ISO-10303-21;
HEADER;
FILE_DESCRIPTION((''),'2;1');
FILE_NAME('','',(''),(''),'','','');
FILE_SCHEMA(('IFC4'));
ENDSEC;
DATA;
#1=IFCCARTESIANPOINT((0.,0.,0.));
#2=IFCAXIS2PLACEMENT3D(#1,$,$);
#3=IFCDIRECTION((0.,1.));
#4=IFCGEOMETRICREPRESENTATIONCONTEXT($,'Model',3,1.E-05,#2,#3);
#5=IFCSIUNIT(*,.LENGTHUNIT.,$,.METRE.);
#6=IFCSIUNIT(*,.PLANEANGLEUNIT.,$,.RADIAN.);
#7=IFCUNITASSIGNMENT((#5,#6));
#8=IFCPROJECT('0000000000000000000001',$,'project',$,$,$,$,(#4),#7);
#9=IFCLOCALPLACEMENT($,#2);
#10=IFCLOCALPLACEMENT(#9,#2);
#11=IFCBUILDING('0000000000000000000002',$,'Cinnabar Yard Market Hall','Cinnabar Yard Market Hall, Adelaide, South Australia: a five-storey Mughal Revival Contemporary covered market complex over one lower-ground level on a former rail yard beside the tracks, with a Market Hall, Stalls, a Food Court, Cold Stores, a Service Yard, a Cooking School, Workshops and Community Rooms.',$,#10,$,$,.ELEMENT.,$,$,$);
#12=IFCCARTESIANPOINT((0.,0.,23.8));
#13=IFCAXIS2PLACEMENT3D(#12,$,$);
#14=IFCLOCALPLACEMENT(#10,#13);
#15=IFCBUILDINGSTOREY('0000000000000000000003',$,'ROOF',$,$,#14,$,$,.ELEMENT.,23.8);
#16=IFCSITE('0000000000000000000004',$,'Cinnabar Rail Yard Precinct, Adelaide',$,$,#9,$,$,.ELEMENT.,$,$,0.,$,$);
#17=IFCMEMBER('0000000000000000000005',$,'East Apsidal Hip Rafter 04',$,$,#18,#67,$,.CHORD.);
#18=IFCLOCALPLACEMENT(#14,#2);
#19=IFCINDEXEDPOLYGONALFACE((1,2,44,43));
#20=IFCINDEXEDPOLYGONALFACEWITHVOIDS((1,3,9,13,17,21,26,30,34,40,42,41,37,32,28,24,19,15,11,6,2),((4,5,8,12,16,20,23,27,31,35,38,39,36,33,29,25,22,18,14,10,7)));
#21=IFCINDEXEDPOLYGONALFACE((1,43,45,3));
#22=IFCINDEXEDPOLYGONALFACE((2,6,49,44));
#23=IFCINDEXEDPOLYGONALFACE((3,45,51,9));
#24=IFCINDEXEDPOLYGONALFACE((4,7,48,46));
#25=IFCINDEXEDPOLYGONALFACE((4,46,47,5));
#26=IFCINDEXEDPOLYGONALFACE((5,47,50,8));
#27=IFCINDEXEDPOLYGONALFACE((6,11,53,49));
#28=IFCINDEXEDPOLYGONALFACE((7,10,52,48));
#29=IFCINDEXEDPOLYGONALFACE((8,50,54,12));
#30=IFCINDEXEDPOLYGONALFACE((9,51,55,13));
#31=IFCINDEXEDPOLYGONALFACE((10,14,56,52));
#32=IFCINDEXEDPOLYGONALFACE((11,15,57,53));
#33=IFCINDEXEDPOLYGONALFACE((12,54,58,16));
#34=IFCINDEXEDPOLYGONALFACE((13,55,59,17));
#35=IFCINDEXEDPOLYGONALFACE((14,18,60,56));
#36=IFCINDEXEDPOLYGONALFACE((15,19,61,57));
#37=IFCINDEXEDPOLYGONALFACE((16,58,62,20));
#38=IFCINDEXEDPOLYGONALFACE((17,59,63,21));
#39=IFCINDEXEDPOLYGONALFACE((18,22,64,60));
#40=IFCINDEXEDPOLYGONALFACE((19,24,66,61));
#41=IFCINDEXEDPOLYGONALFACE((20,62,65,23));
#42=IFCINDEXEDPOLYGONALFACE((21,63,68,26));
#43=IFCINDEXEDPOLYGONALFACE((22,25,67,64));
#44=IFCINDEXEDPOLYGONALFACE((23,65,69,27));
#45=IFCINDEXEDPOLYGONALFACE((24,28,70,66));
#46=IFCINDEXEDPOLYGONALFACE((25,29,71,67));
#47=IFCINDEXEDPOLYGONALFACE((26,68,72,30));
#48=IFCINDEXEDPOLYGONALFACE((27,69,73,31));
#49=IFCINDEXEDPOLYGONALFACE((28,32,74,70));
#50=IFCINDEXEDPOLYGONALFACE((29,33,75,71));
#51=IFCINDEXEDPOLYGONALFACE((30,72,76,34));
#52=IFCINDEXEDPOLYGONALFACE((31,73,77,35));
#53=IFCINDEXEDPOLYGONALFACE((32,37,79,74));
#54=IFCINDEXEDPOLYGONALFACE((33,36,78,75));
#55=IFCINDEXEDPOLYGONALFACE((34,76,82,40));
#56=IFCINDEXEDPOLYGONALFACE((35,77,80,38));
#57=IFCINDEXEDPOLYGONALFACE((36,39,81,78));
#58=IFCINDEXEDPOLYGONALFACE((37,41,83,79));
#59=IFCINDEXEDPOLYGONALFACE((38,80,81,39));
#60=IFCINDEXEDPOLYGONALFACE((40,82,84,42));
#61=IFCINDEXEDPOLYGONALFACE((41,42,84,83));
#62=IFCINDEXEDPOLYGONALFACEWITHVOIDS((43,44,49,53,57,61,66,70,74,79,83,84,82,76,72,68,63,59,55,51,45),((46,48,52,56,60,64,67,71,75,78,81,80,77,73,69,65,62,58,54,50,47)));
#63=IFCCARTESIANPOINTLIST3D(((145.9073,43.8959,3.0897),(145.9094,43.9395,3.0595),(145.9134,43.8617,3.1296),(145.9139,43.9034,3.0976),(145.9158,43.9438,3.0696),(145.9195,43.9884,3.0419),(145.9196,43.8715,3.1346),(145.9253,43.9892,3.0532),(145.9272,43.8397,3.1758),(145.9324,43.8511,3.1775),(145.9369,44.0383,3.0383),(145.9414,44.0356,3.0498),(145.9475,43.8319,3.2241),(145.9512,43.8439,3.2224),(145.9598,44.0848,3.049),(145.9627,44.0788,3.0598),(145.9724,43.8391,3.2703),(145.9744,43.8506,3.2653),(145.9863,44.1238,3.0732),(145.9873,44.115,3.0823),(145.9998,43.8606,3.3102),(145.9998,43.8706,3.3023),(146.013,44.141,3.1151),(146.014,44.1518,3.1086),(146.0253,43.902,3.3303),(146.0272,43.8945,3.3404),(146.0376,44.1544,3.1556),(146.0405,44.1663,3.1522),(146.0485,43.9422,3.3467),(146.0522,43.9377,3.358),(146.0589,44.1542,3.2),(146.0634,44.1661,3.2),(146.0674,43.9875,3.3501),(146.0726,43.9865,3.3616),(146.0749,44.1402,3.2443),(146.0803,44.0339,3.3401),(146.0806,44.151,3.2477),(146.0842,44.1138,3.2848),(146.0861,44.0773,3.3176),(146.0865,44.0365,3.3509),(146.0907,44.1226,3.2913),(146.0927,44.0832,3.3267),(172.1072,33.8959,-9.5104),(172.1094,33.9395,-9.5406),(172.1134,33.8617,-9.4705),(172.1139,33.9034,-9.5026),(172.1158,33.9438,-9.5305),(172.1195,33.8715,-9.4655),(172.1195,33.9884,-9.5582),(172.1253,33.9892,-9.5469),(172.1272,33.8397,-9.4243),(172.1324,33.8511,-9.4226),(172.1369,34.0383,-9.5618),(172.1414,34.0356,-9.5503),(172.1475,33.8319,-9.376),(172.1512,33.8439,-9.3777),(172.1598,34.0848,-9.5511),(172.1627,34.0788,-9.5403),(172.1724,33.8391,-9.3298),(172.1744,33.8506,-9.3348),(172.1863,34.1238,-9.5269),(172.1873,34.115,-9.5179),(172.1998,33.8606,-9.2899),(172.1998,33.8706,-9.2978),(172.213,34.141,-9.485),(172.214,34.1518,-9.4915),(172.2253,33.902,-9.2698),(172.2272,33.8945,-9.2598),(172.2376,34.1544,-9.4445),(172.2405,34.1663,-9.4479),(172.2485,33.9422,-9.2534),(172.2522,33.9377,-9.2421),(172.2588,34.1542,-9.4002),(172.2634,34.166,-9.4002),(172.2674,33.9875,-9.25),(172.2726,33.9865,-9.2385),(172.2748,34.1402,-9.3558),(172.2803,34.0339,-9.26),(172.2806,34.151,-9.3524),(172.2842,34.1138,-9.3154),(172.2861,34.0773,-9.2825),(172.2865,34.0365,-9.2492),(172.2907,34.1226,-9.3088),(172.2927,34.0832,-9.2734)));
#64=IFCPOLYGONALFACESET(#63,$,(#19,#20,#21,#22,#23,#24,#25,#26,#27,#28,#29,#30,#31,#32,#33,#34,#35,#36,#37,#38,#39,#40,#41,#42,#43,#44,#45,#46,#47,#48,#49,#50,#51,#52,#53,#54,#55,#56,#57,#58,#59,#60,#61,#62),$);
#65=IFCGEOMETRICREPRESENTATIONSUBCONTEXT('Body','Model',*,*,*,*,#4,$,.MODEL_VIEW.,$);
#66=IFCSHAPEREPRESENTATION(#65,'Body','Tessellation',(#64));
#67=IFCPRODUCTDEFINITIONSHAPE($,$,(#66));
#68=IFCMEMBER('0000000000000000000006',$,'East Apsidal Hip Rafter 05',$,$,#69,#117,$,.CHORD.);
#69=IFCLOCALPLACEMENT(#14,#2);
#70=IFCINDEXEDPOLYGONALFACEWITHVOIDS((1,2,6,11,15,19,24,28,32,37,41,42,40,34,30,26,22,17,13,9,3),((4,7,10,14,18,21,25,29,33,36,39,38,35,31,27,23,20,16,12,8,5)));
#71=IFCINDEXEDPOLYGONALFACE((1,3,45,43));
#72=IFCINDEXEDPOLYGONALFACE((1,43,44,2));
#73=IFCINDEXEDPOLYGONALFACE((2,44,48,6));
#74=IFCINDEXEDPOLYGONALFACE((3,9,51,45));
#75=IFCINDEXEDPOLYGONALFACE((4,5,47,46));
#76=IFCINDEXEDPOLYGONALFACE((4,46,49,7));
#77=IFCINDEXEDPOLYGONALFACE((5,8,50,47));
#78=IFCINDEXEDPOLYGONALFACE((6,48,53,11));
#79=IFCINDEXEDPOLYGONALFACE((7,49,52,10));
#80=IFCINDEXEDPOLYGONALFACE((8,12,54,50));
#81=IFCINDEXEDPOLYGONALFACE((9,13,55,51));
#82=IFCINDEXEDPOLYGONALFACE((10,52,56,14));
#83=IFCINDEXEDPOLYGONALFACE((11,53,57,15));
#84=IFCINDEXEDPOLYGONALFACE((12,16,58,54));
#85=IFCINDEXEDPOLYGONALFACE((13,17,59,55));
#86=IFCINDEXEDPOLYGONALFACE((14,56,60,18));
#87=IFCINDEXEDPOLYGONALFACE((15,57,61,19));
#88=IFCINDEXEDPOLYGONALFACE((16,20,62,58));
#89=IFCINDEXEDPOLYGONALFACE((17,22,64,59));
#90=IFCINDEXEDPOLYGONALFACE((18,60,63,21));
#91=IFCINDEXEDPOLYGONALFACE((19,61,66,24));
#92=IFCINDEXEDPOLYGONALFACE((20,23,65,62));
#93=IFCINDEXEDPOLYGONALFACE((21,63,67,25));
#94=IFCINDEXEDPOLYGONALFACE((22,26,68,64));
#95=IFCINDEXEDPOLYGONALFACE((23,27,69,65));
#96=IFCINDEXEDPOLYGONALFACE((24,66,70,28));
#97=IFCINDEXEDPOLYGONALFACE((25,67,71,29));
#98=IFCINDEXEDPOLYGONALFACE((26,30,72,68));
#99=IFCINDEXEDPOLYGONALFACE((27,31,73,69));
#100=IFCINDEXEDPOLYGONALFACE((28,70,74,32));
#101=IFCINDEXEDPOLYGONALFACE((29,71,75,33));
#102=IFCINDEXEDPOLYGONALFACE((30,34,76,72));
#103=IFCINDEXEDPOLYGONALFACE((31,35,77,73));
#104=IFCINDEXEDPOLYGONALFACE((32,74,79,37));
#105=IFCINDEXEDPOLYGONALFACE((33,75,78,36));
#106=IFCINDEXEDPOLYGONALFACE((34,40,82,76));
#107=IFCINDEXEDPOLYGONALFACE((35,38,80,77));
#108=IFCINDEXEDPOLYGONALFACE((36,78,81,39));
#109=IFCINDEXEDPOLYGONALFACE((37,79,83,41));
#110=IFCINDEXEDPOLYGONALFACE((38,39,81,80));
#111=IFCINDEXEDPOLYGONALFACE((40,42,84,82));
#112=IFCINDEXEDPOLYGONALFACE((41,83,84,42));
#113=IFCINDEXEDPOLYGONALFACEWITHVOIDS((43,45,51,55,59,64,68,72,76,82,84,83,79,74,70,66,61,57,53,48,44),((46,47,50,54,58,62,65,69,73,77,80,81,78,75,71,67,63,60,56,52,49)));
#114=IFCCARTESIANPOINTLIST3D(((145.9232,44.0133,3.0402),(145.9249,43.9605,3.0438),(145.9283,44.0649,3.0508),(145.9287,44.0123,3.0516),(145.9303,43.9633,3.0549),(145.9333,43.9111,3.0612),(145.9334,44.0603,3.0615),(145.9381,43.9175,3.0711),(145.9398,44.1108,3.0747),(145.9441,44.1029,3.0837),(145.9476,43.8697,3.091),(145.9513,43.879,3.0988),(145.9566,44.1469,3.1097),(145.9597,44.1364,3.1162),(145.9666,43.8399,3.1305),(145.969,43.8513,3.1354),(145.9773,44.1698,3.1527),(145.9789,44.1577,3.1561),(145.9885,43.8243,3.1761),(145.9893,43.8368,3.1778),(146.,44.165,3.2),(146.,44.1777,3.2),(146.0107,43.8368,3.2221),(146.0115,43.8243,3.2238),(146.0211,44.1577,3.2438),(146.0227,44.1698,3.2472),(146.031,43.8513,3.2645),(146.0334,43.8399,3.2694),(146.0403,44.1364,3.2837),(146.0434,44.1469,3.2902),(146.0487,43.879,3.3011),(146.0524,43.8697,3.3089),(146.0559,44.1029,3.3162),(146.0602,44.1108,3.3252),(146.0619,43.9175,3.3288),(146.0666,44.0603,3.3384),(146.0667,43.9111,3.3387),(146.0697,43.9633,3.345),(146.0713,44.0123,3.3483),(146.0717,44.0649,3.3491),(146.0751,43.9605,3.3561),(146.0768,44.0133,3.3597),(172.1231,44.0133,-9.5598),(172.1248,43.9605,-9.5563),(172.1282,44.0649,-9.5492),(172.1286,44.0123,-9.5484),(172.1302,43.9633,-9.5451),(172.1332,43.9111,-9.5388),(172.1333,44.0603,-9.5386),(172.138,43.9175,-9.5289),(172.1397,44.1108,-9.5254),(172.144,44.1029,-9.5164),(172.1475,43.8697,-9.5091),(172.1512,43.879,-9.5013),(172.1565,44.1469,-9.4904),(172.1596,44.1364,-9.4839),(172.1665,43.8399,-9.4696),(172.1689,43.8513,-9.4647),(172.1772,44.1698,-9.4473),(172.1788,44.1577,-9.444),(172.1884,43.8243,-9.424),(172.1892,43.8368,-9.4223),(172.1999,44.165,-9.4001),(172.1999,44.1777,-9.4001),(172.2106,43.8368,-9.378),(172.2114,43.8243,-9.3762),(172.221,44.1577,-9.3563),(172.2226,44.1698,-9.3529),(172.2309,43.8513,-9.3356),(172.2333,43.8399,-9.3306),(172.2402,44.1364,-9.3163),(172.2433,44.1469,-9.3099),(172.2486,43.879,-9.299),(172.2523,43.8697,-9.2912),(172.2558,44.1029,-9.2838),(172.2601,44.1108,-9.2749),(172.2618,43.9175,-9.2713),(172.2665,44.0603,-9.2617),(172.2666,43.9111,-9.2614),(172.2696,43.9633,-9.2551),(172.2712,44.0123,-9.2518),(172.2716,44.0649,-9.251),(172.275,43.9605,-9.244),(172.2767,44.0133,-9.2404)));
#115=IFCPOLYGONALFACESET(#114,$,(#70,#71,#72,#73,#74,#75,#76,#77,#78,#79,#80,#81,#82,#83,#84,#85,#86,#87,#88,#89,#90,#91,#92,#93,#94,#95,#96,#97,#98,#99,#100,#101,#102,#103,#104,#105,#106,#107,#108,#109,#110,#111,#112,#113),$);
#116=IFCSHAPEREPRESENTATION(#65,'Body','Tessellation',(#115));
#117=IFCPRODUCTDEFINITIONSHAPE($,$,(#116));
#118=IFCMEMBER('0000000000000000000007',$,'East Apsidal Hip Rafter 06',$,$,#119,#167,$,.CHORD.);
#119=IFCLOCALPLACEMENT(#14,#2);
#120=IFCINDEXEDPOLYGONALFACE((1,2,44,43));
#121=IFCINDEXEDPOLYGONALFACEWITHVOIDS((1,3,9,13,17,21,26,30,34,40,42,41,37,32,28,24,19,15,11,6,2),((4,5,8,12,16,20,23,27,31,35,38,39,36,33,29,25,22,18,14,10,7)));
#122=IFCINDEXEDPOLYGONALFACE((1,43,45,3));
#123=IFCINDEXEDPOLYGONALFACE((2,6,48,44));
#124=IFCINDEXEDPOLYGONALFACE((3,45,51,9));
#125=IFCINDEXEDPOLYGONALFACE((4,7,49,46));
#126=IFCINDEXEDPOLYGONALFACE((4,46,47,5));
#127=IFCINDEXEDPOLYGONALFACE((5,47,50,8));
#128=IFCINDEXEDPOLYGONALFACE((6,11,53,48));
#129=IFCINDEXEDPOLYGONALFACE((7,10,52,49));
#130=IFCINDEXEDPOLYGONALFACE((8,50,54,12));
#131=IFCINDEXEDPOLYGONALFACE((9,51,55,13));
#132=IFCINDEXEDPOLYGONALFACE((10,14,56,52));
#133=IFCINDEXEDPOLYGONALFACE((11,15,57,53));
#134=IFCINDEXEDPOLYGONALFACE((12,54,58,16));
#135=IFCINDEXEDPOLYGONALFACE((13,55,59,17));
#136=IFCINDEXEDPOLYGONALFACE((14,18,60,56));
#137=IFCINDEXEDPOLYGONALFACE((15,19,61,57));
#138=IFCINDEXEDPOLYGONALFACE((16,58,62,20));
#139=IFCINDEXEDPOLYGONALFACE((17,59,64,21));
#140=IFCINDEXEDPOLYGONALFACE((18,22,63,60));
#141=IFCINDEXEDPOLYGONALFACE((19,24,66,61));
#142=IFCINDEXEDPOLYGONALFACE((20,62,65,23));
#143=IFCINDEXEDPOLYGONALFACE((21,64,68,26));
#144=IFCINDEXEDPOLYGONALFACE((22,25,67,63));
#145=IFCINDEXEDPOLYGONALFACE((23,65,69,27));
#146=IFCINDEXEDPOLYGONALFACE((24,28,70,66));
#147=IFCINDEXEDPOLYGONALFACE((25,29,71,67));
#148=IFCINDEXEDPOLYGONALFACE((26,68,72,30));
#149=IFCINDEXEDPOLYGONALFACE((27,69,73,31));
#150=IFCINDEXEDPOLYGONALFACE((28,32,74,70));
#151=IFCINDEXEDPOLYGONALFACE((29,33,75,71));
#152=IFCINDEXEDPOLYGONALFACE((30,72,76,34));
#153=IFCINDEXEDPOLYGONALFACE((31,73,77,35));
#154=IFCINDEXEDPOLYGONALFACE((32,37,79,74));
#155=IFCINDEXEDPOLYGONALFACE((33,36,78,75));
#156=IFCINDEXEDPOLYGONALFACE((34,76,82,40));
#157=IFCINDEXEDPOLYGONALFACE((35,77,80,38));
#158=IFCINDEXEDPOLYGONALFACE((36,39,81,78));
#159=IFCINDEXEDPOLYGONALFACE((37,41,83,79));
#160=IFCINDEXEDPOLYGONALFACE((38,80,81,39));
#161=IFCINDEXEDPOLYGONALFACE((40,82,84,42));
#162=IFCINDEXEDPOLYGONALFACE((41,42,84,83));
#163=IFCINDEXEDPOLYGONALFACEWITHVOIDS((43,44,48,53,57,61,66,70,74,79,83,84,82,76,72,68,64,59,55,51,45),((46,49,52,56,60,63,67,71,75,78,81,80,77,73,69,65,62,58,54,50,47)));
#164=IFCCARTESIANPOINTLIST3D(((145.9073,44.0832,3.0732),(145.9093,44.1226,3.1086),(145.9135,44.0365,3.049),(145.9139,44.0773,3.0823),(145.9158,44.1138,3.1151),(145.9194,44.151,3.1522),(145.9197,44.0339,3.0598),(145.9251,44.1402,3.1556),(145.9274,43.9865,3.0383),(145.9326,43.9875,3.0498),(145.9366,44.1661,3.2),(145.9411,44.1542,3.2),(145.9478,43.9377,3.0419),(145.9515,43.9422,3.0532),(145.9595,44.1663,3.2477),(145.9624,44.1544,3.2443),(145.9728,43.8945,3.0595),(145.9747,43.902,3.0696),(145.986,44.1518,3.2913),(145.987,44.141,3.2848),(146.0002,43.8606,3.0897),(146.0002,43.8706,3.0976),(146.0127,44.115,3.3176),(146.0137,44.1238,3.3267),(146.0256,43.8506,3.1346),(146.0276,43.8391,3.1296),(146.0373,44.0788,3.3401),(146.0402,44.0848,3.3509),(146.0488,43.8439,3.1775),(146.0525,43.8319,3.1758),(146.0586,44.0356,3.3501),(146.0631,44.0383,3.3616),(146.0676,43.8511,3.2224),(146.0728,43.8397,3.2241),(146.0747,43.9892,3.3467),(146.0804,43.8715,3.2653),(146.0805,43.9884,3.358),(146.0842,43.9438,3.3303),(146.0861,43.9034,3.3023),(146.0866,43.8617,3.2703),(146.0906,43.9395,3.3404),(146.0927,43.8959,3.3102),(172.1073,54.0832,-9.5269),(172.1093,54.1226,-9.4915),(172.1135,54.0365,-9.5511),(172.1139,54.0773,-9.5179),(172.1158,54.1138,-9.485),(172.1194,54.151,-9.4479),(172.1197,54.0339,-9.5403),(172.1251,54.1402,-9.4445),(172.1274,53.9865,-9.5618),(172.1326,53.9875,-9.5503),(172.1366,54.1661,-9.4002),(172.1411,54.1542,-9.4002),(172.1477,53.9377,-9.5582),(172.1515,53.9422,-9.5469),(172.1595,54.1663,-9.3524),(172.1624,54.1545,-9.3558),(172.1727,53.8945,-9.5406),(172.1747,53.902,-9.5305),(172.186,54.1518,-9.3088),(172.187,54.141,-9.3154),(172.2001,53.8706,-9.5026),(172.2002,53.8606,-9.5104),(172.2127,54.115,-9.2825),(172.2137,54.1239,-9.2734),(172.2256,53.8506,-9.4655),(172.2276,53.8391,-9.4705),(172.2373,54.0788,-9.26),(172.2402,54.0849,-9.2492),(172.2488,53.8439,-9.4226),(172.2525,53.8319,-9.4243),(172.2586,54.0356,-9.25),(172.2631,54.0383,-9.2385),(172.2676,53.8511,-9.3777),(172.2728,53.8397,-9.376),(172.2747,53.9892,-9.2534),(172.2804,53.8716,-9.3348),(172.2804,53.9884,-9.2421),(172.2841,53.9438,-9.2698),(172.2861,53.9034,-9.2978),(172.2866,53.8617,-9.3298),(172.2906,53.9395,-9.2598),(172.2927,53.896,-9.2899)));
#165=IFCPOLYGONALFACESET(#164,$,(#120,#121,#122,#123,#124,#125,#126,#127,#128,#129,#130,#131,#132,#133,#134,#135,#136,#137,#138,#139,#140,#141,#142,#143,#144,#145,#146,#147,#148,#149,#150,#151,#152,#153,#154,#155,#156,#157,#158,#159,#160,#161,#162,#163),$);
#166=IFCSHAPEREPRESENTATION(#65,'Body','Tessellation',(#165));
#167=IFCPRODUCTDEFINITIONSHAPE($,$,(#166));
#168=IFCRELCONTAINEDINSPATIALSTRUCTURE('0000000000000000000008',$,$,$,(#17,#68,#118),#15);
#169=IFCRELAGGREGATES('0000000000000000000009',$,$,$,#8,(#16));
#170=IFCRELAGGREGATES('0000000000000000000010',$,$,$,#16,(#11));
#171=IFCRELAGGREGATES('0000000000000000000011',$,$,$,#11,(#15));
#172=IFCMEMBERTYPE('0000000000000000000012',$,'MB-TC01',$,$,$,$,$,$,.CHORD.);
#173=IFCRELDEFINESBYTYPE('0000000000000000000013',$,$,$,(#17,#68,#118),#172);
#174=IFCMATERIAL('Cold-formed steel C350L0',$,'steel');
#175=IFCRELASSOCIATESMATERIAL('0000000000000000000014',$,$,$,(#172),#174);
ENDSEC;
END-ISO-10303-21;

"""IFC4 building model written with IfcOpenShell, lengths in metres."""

from ifc_helpers import new_model, si_unit, direction, frame, origin, origin_2d_with_axis, place, context, subcontext, project, spatial, hollow_circle, extrude, material, material_profile, profile_set, type_object, element, save


model = new_model("IFC4")

# Units and contexts
model_context = context("Model", 3, precision=1e-05, world=origin(), true_north=direction((0.0, 1.0)))
body_context = subcontext(model_context, "Body", "Model", "MODEL_VIEW")
ifc_project = project(units=[si_unit("LENGTHUNIT", "METRE"), si_unit("PLANEANGLEUNIT", "RADIAN")], contexts=[model_context])

# Site, building, storey
site_placement = place(None, origin())
site = spatial("IfcSite", under=ifc_project, at=site_placement, Name="Cinnabar Rail Yard Precinct, Adelaide", CompositionType="ELEMENT", RefElevation=0.0)
building_placement = place(site_placement, origin())
building = spatial("IfcBuilding", under=site, at=building_placement, Name="Cinnabar Yard Market Hall", Description="Cinnabar Yard Market Hall, Adelaide, South Australia: a five-storey Mughal Revival Contemporary covered market complex over one lower-ground level on a former rail yard beside the tracks, with a Market Hall, Stalls, a Food Court, Cold Stores, a Service Yard, a Cooking School, Workshops and Community Rooms.", CompositionType="ELEMENT")
storey_placement = place(building_placement, frame((0.0, 0.0, 23.8)))
storey = spatial("IfcBuildingStorey", under=building, at=storey_placement, Name="ROOF", CompositionType="ELEMENT", Elevation=23.8)

# Members
ifc_material_1 = material(Name="Cold-formed steel C350L0", Category="steel")
ifc_material_profile_1 = material_profile(ifc_material_1, hollow_circle(Radius=0.1777, WallThickness=0.0127, at=origin_2d_with_axis()), Name="355.6x12.7CHS")
ifc_profile_set_1 = profile_set([ifc_material_profile_1], Name="Cold-formed steel C350L0")
member_type_1 = type_object("IfcMemberType", Name="MB-TC01", PredefinedType="CHORD", material=ifc_profile_set_1)
member_1_placement = place(storey_placement, frame((146.0, 44.0, 3.2), z_axis=(0.852194, -0.325266, -0.409838), x_axis=(0.356589, 0.934261, 0.0)))
element("IfcMember", 1, at=member_1_placement, inside=storey, type_object=member_type_1, Name="East Apsidal Hip Rafter 04", PredefinedType="CHORD", context=body_context, shape_type="SweptSolid", body=[
    extrude(hollow_circle(Radius=0.1777, WallThickness=0.0127, at=origin_2d_with_axis()), origin(), (0.0, 0.0, 1.0), 30.7441),
])
member_2_placement = place(storey_placement, frame((146.0, 44.0, 3.2), z_axis=(0.901199, 0.0, -0.433405), x_axis=(0.0, 1.0, 0.0)))
element("IfcMember", 2, at=member_2_placement, inside=storey, type_object=member_type_1, Name="East Apsidal Hip Rafter 05", PredefinedType="CHORD", context=body_context, shape_type="SweptSolid", body=[
    extrude(hollow_circle(Radius=0.1777, WallThickness=0.0127, at=origin_2d_with_axis()), origin(), (0.0, 0.0, 1.0), 29.0723),
])
member_3_placement = place(storey_placement, frame((146.0, 44.0, 3.2), z_axis=(0.852194, 0.325266, -0.409838), x_axis=(-0.356589, 0.934261, 0.0)))
element("IfcMember", 3, at=member_3_placement, inside=storey, type_object=member_type_1, Name="East Apsidal Hip Rafter 06", PredefinedType="CHORD", context=body_context, shape_type="SweptSolid", body=[
    extrude(hollow_circle(Radius=0.1777, WallThickness=0.0127, at=origin_2d_with_axis()), origin(), (0.0, 0.0, 1.0), 30.7441),
])

save(model, "model.ifc")
